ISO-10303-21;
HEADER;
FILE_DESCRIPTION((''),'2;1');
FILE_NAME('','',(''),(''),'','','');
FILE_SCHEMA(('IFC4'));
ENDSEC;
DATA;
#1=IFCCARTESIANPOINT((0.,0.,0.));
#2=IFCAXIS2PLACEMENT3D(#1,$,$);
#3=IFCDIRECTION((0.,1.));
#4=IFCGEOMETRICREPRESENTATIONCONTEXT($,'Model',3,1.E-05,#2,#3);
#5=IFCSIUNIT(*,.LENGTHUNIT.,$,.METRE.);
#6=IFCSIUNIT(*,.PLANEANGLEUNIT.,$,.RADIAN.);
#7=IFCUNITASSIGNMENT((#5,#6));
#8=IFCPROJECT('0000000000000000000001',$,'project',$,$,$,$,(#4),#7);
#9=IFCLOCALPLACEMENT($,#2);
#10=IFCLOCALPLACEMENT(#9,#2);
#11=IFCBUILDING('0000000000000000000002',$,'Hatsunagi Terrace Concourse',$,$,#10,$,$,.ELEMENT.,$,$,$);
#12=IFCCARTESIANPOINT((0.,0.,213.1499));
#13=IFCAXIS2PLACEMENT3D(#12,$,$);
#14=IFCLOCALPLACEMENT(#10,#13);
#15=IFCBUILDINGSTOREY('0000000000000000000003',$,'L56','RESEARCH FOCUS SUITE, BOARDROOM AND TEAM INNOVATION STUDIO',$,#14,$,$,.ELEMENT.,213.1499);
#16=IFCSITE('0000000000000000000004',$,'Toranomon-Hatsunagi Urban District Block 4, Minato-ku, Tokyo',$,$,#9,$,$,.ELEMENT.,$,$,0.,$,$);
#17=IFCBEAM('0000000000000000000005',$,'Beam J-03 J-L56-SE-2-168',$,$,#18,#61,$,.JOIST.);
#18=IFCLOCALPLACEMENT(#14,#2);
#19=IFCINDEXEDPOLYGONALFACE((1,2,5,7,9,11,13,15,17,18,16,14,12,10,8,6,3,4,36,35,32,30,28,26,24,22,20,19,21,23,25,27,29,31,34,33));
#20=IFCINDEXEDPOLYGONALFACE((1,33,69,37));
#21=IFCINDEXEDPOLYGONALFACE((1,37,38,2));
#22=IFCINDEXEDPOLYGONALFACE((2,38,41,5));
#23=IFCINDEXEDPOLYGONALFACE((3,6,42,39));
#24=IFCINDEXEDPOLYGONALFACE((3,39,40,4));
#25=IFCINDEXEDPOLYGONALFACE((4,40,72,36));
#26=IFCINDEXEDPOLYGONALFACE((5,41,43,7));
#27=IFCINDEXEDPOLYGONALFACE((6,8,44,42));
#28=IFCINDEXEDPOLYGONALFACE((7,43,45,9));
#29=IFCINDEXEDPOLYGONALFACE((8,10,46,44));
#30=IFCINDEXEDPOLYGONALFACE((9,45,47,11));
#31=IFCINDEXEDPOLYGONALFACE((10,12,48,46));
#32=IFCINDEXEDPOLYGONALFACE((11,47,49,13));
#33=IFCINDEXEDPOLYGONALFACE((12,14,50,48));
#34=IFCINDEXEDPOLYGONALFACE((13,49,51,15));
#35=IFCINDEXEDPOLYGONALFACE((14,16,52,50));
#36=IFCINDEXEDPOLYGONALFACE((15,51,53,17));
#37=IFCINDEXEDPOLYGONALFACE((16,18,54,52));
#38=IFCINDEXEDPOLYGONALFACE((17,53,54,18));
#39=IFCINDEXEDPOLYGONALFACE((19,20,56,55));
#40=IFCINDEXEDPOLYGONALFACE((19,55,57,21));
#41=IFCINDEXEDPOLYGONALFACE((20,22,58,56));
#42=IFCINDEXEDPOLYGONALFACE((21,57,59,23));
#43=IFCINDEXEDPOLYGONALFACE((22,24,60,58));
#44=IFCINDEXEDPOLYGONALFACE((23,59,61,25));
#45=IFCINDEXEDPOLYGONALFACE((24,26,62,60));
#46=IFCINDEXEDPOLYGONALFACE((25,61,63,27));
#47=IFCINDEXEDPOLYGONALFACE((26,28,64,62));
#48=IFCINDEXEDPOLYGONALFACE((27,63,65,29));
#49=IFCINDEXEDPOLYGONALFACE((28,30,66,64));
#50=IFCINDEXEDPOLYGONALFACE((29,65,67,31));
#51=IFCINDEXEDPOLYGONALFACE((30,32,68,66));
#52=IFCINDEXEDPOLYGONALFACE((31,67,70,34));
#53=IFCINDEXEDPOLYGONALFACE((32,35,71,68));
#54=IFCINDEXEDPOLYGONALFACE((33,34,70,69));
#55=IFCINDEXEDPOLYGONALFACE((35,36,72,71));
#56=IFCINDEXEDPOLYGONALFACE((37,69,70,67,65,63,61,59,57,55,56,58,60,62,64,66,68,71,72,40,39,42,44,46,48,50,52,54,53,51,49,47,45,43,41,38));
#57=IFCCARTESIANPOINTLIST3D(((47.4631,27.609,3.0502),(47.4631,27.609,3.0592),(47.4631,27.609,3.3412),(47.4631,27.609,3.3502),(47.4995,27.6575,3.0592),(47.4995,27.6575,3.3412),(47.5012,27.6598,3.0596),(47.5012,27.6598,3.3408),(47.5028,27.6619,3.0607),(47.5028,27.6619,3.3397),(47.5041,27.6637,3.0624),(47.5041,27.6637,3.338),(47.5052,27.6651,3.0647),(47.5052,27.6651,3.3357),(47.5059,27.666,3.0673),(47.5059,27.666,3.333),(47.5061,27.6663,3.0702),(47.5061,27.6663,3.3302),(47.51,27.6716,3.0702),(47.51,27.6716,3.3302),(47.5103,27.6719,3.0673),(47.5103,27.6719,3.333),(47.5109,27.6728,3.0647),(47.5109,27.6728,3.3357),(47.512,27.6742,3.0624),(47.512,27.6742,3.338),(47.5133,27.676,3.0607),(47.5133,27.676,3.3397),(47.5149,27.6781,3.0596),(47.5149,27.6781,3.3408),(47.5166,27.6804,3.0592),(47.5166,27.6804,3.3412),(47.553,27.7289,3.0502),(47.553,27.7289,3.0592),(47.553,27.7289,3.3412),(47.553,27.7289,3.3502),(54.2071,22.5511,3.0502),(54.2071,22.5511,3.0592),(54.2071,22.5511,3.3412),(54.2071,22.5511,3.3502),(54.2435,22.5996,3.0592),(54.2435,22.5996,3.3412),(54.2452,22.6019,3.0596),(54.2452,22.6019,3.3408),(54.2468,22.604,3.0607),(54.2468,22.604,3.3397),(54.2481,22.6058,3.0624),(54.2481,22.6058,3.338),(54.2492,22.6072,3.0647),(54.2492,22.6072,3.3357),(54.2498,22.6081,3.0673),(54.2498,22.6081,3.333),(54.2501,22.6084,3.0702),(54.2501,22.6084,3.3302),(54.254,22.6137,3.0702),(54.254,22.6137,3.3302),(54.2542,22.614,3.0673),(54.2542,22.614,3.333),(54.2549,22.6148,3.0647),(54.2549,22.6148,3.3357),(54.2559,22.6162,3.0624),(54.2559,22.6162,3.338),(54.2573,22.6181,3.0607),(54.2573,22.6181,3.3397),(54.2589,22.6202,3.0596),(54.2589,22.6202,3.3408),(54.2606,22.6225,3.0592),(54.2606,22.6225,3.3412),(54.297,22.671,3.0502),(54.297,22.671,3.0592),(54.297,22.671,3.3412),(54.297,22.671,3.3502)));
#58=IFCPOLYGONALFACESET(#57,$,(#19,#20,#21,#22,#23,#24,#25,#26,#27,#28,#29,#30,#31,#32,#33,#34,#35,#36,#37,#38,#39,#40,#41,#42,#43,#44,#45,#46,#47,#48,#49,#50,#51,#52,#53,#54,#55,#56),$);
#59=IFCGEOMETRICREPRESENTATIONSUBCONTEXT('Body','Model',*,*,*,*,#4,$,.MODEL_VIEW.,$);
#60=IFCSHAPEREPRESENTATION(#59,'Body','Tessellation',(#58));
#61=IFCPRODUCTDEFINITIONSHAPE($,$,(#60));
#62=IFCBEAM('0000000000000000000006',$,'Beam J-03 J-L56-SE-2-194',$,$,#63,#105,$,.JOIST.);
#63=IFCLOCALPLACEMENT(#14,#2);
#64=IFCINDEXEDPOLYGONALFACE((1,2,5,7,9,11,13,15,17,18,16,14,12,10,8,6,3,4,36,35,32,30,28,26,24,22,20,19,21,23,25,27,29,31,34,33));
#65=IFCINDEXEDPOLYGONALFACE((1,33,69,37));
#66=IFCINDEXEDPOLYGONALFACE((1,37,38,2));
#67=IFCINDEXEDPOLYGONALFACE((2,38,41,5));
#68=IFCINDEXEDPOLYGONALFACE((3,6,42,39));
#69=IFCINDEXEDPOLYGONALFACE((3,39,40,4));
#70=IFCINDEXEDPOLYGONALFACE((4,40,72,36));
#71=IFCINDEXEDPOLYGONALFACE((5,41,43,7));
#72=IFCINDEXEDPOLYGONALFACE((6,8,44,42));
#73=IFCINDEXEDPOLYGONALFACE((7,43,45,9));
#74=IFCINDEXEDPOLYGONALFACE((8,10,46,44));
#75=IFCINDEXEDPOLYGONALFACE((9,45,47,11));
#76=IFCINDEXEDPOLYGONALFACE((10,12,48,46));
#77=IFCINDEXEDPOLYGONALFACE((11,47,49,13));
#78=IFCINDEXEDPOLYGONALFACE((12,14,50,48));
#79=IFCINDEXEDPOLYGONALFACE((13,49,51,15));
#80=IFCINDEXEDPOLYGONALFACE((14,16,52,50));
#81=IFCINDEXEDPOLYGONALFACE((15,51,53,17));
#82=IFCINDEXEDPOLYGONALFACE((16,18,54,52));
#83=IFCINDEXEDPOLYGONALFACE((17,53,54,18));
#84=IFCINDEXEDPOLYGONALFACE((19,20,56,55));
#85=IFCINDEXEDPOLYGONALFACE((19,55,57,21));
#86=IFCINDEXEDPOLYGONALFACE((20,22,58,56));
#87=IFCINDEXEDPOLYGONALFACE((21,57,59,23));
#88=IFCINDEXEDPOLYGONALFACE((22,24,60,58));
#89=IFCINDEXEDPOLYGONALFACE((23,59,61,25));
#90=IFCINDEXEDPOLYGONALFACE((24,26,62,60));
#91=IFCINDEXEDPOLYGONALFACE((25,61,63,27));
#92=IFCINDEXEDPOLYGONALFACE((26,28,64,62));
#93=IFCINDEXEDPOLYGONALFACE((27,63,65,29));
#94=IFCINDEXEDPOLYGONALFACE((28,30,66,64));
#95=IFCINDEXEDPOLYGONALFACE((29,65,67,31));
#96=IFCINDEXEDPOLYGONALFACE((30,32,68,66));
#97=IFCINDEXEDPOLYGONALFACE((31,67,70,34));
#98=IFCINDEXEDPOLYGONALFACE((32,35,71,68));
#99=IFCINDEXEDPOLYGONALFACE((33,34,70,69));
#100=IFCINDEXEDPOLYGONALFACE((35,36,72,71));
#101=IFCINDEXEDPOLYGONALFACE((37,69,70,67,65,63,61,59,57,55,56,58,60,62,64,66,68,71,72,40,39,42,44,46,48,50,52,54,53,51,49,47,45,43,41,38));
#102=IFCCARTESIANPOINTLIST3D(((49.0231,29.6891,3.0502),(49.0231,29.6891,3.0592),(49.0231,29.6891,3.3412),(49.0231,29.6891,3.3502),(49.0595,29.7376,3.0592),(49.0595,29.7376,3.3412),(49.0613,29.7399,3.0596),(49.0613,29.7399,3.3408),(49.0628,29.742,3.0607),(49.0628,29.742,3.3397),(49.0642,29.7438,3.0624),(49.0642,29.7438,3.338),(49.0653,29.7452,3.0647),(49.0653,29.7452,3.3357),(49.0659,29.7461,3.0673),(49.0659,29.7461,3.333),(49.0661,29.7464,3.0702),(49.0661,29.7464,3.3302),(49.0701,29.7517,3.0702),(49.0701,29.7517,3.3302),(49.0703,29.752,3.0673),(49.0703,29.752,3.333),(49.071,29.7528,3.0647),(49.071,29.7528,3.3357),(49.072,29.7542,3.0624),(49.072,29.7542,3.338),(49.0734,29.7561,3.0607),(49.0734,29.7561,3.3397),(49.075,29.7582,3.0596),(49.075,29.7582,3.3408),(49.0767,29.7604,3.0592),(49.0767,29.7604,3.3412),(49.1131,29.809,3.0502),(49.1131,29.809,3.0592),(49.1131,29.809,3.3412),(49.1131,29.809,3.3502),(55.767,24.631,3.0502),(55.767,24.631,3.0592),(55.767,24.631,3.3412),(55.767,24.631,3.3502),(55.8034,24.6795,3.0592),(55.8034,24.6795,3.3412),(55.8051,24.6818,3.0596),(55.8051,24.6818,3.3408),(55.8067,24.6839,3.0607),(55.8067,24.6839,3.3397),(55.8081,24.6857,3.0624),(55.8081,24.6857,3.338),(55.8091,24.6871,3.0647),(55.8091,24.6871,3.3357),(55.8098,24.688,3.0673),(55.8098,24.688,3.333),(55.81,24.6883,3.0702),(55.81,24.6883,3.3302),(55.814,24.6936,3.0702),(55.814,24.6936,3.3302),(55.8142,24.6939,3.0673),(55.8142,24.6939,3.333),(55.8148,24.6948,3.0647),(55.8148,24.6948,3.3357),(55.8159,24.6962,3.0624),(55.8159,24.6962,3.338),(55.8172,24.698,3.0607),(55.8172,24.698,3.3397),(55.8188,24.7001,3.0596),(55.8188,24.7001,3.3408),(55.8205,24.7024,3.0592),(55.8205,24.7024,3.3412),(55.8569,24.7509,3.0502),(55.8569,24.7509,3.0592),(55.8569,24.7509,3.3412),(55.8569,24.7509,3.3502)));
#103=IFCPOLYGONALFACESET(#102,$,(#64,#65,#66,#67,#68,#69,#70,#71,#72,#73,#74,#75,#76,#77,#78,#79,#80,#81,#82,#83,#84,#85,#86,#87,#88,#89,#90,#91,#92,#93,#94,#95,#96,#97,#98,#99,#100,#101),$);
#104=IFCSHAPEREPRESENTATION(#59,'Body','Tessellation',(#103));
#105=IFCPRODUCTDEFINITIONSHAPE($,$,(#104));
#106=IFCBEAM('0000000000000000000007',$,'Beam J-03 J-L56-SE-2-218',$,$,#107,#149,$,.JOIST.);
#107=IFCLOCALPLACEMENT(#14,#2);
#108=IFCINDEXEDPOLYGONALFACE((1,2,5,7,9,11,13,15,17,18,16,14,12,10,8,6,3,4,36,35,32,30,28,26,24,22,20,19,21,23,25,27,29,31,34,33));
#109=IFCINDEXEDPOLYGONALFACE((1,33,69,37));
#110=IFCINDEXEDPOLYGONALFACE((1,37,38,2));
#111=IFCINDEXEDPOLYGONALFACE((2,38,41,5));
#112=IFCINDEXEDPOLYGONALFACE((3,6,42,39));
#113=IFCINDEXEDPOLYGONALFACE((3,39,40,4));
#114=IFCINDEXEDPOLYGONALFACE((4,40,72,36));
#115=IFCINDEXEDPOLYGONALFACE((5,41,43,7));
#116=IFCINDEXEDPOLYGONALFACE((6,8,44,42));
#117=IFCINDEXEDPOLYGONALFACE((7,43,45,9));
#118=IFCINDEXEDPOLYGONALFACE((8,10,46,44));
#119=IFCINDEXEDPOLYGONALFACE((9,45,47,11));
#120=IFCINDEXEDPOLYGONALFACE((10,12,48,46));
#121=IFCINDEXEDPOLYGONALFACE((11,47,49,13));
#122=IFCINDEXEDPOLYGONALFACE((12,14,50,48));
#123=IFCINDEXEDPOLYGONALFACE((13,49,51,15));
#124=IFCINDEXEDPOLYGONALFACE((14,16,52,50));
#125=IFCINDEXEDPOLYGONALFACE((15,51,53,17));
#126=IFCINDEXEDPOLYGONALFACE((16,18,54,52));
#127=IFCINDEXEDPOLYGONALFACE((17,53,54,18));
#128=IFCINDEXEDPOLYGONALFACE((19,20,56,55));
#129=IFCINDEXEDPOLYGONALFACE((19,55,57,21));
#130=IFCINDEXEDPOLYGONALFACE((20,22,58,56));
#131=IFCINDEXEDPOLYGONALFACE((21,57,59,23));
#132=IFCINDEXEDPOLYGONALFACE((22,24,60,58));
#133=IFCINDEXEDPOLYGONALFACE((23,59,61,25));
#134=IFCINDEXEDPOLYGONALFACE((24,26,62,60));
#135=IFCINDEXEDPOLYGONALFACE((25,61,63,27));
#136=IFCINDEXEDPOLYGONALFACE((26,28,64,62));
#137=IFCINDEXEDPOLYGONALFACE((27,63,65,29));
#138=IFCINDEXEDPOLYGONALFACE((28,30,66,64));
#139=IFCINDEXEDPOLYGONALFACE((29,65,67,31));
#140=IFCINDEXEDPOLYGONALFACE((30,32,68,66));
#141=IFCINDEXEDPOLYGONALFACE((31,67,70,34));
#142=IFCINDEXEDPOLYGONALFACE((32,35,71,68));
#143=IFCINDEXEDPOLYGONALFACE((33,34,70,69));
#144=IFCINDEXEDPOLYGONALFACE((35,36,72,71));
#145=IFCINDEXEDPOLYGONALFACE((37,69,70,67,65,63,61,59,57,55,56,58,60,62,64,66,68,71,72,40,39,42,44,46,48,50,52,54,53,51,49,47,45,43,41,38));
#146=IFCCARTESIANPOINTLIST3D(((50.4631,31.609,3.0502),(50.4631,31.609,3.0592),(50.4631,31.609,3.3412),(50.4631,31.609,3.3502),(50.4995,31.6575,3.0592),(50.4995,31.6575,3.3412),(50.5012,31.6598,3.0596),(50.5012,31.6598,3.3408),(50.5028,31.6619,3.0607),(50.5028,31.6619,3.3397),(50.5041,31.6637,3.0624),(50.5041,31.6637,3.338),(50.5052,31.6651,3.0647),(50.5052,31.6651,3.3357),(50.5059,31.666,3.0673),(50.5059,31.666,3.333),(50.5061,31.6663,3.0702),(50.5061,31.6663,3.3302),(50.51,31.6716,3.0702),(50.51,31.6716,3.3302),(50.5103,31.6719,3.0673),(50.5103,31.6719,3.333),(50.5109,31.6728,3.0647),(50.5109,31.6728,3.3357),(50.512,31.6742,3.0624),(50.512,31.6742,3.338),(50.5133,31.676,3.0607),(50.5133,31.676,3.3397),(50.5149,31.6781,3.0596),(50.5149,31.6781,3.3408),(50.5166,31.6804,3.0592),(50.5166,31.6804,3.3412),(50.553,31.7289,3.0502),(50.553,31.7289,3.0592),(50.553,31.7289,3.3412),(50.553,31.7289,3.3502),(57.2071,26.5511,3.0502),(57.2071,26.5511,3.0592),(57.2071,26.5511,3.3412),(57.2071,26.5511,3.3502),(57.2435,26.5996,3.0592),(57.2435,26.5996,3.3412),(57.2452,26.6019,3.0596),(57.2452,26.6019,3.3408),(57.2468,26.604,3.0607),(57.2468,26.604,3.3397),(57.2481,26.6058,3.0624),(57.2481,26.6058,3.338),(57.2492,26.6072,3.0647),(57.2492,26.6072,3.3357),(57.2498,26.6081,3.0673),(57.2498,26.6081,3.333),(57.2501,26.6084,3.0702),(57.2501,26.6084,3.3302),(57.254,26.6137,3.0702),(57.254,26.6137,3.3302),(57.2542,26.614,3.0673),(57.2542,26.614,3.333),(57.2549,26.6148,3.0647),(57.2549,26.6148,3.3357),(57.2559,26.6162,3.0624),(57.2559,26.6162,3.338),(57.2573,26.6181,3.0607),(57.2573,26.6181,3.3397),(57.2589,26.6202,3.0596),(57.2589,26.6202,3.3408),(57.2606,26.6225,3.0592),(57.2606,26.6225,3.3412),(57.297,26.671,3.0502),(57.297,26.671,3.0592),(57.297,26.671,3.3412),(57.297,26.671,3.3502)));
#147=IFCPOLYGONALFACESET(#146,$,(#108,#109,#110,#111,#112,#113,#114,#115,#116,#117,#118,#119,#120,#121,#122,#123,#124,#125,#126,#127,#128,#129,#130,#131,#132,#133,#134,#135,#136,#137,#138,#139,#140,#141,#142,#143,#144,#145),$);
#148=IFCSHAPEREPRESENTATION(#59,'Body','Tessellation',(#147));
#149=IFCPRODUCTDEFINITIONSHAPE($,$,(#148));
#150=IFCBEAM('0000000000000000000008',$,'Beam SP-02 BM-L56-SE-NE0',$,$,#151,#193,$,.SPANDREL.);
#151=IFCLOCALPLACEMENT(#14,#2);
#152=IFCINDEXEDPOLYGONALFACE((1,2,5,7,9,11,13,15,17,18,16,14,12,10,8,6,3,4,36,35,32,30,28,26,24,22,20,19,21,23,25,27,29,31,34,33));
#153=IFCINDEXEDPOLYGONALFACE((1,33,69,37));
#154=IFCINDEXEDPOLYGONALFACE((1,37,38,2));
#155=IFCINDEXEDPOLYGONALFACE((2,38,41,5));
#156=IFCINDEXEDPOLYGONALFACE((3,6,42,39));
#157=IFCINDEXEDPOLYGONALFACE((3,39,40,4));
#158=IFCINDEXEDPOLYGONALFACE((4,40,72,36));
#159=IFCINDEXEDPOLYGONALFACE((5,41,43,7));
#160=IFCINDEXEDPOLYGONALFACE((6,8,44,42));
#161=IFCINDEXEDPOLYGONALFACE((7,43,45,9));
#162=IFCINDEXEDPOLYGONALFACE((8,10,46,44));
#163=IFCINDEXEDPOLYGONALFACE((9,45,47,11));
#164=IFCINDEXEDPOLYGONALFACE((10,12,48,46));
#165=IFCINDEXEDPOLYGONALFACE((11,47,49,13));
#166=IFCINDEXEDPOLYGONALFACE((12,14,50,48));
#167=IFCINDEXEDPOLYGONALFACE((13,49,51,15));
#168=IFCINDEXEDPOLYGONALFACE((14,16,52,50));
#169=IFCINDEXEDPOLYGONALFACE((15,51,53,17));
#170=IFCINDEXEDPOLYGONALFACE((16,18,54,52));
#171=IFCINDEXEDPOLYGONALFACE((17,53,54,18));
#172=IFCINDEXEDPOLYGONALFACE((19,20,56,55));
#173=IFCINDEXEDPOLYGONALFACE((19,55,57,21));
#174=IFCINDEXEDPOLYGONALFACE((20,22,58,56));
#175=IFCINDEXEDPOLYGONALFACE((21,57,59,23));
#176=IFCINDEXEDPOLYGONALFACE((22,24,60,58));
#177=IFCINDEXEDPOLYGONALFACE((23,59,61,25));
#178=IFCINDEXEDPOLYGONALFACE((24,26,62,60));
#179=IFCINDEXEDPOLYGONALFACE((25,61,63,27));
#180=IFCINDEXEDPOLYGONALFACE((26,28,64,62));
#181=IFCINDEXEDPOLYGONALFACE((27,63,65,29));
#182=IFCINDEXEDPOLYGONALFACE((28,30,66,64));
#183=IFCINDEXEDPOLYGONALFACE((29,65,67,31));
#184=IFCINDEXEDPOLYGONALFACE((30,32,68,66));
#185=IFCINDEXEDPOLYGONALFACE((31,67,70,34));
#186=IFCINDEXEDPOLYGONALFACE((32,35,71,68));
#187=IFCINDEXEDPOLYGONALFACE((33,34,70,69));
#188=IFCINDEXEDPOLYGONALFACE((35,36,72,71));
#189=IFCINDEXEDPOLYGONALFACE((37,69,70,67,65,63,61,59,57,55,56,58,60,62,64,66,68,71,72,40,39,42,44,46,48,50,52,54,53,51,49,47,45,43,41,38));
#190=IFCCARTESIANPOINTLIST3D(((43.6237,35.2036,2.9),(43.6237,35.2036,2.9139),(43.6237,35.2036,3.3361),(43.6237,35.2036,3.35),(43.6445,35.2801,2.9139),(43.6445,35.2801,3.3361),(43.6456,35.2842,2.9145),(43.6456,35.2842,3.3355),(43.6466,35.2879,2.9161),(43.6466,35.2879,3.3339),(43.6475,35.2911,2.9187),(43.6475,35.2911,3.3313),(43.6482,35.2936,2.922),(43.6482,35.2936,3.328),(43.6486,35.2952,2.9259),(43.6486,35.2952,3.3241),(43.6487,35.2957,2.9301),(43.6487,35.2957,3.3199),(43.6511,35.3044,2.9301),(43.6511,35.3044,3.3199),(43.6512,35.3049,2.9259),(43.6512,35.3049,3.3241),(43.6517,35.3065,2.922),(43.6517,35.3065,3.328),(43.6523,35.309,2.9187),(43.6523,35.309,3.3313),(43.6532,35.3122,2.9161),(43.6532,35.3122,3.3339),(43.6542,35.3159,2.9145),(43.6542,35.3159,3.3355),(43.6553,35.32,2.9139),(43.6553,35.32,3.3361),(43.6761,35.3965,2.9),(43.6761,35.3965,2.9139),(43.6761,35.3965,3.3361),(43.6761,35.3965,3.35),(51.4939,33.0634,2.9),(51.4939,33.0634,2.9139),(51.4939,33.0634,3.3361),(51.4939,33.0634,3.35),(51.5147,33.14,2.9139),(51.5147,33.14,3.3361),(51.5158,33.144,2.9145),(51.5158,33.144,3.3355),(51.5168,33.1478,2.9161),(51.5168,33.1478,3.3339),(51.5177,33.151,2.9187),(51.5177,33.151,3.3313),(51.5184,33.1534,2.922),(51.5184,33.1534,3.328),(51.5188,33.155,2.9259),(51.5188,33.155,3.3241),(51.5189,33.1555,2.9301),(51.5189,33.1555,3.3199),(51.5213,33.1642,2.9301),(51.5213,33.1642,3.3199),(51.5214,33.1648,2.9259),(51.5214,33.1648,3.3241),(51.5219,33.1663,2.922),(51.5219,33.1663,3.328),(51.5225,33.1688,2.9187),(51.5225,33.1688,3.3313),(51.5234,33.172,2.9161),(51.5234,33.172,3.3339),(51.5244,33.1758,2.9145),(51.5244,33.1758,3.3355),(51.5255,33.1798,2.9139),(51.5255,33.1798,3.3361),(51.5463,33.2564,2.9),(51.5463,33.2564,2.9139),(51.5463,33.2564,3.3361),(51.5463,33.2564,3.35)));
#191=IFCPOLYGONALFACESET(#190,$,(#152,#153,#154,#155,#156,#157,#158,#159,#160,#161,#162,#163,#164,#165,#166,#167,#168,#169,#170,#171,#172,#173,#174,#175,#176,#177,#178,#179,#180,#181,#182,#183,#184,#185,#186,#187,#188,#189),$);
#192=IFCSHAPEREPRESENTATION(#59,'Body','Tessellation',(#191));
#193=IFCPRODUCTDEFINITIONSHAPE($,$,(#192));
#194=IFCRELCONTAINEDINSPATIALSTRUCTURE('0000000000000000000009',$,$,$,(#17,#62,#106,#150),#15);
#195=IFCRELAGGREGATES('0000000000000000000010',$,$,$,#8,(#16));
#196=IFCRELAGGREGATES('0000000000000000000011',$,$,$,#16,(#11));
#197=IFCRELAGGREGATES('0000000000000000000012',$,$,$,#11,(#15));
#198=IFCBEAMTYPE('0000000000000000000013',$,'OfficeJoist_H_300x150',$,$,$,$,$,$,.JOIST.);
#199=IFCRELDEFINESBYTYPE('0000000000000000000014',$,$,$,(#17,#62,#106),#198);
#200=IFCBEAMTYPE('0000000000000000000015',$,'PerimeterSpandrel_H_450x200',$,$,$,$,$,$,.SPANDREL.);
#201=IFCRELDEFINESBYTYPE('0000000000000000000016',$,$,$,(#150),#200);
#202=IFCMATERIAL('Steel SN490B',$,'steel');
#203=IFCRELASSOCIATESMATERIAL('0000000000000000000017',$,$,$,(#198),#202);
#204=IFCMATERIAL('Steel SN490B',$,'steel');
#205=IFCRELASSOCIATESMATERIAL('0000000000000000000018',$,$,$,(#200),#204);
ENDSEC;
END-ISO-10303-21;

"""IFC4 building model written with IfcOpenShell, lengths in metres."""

from ifc_helpers import new_model, si_unit, direction, frame, origin, origin_2d, place, context, subcontext, project, spatial, i_section, extrude, material, material_profile, profile_set, type_object, element, save


model = new_model("IFC4")

# Units and contexts
model_context = context("Model", 3, precision=1e-05, world=origin(), true_north=direction((0.0, 1.0)))
body_context = subcontext(model_context, "Body", "Model", "MODEL_VIEW")
ifc_project = project(units=[si_unit("LENGTHUNIT", "METRE"), si_unit("PLANEANGLEUNIT", "RADIAN")], contexts=[model_context])

# Site, building, storey
site_placement = place(None, origin())
site = spatial("IfcSite", under=ifc_project, at=site_placement, Name="Toranomon-Hatsunagi Urban District Block 4, Minato-ku, Tokyo", CompositionType="ELEMENT", RefElevation=0.0)
building_placement = place(site_placement, origin())
building = spatial("IfcBuilding", under=site, at=building_placement, Name="Hatsunagi Terrace Concourse", CompositionType="ELEMENT")
storey_placement = place(building_placement, frame((0.0, 0.0, 213.1499)))
storey = spatial("IfcBuildingStorey", under=building, at=storey_placement, Name="L56", Description="RESEARCH FOCUS SUITE, BOARDROOM AND TEAM INNOVATION STUDIO", CompositionType="ELEMENT", Elevation=213.1499)

# Beams
ifc_material_1 = material(Name="Steel SN490B", Category="steel")
ifc_material_profile_1 = material_profile(ifc_material_1, i_section(OverallWidth=0.1499, OverallDepth=0.3, WebThickness=0.0066, FlangeThickness=0.009, FilletRadius=0.011, at=origin_2d()), Name="H-300x150x6.5x9")
ifc_profile_set_1 = profile_set([ifc_material_profile_1], Name="Steel SN490B")
beam_type_1 = type_object("IfcBeamType", Name="OfficeJoist_H_300x150", PredefinedType="JOIST", material=ifc_profile_set_1)
for number, where, z_axis, x_axis, name in (
    (1, (47.5081, 27.6689, 3.2002), (0.800003, -0.599995, 0.0), (0.599995, 0.800003, 0.0), "Beam J-03 J-L56-SE-2-168"),
    (2, (49.0681, 29.749, 3.2002), (0.79999, -0.600014, 0.0), (0.600014, 0.79999, 0.0), "Beam J-03 J-L56-SE-2-194"),
    (3, (50.5081, 31.6689, 3.2002), (0.800003, -0.599995, 0.0), (0.599995, 0.800003, 0.0), "Beam J-03 J-L56-SE-2-218"),
):
    element("IfcBeam", number, at=place(storey_placement, frame(where, z_axis=z_axis, x_axis=x_axis)), inside=storey, type_object=beam_type_1, Name=name, PredefinedType="JOIST", context=body_context, shape_type="SweptSolid", body=[
        extrude(i_section(OverallWidth=0.1499, OverallDepth=0.3, WebThickness=0.0066, FlangeThickness=0.009, FilletRadius=0.011, at=origin_2d()), origin(), (0.0, 0.0, 1.0), 8.4299),
    ])
ifc_material_2 = material(Name="Steel SN490B", Category="steel")
ifc_material_profile_2 = material_profile(ifc_material_2, i_section(OverallWidth=0.2, OverallDepth=0.45, WebThickness=0.009, FlangeThickness=0.0139, FilletRadius=0.0161, at=origin_2d()), Name="H-450x200x9x14")
ifc_profile_set_2 = profile_set([ifc_material_profile_2], Name="Steel SN490B")
beam_type_2 = type_object("IfcBeamType", Name="PerimeterSpandrel_H_450x200", PredefinedType="SPANDREL", material=ifc_profile_set_2)
beam_1_placement = place(storey_placement, frame((43.6499, 35.3, 3.125), z_axis=(0.964958, -0.262403, 0.0), x_axis=(0.262403, 0.964958, 0.0)))
element("IfcBeam", 4, at=beam_1_placement, inside=storey, type_object=beam_type_2, Name="Beam SP-02 BM-L56-SE-NE0", PredefinedType="SPANDREL", context=body_context, shape_type="SweptSolid", body=[
    extrude(i_section(OverallWidth=0.2, OverallDepth=0.45, WebThickness=0.009, FlangeThickness=0.0139, FilletRadius=0.0161, at=origin_2d()), origin(), (0.0, 0.0, 1.0), 8.156),
])

save(model, "model.ifc")
